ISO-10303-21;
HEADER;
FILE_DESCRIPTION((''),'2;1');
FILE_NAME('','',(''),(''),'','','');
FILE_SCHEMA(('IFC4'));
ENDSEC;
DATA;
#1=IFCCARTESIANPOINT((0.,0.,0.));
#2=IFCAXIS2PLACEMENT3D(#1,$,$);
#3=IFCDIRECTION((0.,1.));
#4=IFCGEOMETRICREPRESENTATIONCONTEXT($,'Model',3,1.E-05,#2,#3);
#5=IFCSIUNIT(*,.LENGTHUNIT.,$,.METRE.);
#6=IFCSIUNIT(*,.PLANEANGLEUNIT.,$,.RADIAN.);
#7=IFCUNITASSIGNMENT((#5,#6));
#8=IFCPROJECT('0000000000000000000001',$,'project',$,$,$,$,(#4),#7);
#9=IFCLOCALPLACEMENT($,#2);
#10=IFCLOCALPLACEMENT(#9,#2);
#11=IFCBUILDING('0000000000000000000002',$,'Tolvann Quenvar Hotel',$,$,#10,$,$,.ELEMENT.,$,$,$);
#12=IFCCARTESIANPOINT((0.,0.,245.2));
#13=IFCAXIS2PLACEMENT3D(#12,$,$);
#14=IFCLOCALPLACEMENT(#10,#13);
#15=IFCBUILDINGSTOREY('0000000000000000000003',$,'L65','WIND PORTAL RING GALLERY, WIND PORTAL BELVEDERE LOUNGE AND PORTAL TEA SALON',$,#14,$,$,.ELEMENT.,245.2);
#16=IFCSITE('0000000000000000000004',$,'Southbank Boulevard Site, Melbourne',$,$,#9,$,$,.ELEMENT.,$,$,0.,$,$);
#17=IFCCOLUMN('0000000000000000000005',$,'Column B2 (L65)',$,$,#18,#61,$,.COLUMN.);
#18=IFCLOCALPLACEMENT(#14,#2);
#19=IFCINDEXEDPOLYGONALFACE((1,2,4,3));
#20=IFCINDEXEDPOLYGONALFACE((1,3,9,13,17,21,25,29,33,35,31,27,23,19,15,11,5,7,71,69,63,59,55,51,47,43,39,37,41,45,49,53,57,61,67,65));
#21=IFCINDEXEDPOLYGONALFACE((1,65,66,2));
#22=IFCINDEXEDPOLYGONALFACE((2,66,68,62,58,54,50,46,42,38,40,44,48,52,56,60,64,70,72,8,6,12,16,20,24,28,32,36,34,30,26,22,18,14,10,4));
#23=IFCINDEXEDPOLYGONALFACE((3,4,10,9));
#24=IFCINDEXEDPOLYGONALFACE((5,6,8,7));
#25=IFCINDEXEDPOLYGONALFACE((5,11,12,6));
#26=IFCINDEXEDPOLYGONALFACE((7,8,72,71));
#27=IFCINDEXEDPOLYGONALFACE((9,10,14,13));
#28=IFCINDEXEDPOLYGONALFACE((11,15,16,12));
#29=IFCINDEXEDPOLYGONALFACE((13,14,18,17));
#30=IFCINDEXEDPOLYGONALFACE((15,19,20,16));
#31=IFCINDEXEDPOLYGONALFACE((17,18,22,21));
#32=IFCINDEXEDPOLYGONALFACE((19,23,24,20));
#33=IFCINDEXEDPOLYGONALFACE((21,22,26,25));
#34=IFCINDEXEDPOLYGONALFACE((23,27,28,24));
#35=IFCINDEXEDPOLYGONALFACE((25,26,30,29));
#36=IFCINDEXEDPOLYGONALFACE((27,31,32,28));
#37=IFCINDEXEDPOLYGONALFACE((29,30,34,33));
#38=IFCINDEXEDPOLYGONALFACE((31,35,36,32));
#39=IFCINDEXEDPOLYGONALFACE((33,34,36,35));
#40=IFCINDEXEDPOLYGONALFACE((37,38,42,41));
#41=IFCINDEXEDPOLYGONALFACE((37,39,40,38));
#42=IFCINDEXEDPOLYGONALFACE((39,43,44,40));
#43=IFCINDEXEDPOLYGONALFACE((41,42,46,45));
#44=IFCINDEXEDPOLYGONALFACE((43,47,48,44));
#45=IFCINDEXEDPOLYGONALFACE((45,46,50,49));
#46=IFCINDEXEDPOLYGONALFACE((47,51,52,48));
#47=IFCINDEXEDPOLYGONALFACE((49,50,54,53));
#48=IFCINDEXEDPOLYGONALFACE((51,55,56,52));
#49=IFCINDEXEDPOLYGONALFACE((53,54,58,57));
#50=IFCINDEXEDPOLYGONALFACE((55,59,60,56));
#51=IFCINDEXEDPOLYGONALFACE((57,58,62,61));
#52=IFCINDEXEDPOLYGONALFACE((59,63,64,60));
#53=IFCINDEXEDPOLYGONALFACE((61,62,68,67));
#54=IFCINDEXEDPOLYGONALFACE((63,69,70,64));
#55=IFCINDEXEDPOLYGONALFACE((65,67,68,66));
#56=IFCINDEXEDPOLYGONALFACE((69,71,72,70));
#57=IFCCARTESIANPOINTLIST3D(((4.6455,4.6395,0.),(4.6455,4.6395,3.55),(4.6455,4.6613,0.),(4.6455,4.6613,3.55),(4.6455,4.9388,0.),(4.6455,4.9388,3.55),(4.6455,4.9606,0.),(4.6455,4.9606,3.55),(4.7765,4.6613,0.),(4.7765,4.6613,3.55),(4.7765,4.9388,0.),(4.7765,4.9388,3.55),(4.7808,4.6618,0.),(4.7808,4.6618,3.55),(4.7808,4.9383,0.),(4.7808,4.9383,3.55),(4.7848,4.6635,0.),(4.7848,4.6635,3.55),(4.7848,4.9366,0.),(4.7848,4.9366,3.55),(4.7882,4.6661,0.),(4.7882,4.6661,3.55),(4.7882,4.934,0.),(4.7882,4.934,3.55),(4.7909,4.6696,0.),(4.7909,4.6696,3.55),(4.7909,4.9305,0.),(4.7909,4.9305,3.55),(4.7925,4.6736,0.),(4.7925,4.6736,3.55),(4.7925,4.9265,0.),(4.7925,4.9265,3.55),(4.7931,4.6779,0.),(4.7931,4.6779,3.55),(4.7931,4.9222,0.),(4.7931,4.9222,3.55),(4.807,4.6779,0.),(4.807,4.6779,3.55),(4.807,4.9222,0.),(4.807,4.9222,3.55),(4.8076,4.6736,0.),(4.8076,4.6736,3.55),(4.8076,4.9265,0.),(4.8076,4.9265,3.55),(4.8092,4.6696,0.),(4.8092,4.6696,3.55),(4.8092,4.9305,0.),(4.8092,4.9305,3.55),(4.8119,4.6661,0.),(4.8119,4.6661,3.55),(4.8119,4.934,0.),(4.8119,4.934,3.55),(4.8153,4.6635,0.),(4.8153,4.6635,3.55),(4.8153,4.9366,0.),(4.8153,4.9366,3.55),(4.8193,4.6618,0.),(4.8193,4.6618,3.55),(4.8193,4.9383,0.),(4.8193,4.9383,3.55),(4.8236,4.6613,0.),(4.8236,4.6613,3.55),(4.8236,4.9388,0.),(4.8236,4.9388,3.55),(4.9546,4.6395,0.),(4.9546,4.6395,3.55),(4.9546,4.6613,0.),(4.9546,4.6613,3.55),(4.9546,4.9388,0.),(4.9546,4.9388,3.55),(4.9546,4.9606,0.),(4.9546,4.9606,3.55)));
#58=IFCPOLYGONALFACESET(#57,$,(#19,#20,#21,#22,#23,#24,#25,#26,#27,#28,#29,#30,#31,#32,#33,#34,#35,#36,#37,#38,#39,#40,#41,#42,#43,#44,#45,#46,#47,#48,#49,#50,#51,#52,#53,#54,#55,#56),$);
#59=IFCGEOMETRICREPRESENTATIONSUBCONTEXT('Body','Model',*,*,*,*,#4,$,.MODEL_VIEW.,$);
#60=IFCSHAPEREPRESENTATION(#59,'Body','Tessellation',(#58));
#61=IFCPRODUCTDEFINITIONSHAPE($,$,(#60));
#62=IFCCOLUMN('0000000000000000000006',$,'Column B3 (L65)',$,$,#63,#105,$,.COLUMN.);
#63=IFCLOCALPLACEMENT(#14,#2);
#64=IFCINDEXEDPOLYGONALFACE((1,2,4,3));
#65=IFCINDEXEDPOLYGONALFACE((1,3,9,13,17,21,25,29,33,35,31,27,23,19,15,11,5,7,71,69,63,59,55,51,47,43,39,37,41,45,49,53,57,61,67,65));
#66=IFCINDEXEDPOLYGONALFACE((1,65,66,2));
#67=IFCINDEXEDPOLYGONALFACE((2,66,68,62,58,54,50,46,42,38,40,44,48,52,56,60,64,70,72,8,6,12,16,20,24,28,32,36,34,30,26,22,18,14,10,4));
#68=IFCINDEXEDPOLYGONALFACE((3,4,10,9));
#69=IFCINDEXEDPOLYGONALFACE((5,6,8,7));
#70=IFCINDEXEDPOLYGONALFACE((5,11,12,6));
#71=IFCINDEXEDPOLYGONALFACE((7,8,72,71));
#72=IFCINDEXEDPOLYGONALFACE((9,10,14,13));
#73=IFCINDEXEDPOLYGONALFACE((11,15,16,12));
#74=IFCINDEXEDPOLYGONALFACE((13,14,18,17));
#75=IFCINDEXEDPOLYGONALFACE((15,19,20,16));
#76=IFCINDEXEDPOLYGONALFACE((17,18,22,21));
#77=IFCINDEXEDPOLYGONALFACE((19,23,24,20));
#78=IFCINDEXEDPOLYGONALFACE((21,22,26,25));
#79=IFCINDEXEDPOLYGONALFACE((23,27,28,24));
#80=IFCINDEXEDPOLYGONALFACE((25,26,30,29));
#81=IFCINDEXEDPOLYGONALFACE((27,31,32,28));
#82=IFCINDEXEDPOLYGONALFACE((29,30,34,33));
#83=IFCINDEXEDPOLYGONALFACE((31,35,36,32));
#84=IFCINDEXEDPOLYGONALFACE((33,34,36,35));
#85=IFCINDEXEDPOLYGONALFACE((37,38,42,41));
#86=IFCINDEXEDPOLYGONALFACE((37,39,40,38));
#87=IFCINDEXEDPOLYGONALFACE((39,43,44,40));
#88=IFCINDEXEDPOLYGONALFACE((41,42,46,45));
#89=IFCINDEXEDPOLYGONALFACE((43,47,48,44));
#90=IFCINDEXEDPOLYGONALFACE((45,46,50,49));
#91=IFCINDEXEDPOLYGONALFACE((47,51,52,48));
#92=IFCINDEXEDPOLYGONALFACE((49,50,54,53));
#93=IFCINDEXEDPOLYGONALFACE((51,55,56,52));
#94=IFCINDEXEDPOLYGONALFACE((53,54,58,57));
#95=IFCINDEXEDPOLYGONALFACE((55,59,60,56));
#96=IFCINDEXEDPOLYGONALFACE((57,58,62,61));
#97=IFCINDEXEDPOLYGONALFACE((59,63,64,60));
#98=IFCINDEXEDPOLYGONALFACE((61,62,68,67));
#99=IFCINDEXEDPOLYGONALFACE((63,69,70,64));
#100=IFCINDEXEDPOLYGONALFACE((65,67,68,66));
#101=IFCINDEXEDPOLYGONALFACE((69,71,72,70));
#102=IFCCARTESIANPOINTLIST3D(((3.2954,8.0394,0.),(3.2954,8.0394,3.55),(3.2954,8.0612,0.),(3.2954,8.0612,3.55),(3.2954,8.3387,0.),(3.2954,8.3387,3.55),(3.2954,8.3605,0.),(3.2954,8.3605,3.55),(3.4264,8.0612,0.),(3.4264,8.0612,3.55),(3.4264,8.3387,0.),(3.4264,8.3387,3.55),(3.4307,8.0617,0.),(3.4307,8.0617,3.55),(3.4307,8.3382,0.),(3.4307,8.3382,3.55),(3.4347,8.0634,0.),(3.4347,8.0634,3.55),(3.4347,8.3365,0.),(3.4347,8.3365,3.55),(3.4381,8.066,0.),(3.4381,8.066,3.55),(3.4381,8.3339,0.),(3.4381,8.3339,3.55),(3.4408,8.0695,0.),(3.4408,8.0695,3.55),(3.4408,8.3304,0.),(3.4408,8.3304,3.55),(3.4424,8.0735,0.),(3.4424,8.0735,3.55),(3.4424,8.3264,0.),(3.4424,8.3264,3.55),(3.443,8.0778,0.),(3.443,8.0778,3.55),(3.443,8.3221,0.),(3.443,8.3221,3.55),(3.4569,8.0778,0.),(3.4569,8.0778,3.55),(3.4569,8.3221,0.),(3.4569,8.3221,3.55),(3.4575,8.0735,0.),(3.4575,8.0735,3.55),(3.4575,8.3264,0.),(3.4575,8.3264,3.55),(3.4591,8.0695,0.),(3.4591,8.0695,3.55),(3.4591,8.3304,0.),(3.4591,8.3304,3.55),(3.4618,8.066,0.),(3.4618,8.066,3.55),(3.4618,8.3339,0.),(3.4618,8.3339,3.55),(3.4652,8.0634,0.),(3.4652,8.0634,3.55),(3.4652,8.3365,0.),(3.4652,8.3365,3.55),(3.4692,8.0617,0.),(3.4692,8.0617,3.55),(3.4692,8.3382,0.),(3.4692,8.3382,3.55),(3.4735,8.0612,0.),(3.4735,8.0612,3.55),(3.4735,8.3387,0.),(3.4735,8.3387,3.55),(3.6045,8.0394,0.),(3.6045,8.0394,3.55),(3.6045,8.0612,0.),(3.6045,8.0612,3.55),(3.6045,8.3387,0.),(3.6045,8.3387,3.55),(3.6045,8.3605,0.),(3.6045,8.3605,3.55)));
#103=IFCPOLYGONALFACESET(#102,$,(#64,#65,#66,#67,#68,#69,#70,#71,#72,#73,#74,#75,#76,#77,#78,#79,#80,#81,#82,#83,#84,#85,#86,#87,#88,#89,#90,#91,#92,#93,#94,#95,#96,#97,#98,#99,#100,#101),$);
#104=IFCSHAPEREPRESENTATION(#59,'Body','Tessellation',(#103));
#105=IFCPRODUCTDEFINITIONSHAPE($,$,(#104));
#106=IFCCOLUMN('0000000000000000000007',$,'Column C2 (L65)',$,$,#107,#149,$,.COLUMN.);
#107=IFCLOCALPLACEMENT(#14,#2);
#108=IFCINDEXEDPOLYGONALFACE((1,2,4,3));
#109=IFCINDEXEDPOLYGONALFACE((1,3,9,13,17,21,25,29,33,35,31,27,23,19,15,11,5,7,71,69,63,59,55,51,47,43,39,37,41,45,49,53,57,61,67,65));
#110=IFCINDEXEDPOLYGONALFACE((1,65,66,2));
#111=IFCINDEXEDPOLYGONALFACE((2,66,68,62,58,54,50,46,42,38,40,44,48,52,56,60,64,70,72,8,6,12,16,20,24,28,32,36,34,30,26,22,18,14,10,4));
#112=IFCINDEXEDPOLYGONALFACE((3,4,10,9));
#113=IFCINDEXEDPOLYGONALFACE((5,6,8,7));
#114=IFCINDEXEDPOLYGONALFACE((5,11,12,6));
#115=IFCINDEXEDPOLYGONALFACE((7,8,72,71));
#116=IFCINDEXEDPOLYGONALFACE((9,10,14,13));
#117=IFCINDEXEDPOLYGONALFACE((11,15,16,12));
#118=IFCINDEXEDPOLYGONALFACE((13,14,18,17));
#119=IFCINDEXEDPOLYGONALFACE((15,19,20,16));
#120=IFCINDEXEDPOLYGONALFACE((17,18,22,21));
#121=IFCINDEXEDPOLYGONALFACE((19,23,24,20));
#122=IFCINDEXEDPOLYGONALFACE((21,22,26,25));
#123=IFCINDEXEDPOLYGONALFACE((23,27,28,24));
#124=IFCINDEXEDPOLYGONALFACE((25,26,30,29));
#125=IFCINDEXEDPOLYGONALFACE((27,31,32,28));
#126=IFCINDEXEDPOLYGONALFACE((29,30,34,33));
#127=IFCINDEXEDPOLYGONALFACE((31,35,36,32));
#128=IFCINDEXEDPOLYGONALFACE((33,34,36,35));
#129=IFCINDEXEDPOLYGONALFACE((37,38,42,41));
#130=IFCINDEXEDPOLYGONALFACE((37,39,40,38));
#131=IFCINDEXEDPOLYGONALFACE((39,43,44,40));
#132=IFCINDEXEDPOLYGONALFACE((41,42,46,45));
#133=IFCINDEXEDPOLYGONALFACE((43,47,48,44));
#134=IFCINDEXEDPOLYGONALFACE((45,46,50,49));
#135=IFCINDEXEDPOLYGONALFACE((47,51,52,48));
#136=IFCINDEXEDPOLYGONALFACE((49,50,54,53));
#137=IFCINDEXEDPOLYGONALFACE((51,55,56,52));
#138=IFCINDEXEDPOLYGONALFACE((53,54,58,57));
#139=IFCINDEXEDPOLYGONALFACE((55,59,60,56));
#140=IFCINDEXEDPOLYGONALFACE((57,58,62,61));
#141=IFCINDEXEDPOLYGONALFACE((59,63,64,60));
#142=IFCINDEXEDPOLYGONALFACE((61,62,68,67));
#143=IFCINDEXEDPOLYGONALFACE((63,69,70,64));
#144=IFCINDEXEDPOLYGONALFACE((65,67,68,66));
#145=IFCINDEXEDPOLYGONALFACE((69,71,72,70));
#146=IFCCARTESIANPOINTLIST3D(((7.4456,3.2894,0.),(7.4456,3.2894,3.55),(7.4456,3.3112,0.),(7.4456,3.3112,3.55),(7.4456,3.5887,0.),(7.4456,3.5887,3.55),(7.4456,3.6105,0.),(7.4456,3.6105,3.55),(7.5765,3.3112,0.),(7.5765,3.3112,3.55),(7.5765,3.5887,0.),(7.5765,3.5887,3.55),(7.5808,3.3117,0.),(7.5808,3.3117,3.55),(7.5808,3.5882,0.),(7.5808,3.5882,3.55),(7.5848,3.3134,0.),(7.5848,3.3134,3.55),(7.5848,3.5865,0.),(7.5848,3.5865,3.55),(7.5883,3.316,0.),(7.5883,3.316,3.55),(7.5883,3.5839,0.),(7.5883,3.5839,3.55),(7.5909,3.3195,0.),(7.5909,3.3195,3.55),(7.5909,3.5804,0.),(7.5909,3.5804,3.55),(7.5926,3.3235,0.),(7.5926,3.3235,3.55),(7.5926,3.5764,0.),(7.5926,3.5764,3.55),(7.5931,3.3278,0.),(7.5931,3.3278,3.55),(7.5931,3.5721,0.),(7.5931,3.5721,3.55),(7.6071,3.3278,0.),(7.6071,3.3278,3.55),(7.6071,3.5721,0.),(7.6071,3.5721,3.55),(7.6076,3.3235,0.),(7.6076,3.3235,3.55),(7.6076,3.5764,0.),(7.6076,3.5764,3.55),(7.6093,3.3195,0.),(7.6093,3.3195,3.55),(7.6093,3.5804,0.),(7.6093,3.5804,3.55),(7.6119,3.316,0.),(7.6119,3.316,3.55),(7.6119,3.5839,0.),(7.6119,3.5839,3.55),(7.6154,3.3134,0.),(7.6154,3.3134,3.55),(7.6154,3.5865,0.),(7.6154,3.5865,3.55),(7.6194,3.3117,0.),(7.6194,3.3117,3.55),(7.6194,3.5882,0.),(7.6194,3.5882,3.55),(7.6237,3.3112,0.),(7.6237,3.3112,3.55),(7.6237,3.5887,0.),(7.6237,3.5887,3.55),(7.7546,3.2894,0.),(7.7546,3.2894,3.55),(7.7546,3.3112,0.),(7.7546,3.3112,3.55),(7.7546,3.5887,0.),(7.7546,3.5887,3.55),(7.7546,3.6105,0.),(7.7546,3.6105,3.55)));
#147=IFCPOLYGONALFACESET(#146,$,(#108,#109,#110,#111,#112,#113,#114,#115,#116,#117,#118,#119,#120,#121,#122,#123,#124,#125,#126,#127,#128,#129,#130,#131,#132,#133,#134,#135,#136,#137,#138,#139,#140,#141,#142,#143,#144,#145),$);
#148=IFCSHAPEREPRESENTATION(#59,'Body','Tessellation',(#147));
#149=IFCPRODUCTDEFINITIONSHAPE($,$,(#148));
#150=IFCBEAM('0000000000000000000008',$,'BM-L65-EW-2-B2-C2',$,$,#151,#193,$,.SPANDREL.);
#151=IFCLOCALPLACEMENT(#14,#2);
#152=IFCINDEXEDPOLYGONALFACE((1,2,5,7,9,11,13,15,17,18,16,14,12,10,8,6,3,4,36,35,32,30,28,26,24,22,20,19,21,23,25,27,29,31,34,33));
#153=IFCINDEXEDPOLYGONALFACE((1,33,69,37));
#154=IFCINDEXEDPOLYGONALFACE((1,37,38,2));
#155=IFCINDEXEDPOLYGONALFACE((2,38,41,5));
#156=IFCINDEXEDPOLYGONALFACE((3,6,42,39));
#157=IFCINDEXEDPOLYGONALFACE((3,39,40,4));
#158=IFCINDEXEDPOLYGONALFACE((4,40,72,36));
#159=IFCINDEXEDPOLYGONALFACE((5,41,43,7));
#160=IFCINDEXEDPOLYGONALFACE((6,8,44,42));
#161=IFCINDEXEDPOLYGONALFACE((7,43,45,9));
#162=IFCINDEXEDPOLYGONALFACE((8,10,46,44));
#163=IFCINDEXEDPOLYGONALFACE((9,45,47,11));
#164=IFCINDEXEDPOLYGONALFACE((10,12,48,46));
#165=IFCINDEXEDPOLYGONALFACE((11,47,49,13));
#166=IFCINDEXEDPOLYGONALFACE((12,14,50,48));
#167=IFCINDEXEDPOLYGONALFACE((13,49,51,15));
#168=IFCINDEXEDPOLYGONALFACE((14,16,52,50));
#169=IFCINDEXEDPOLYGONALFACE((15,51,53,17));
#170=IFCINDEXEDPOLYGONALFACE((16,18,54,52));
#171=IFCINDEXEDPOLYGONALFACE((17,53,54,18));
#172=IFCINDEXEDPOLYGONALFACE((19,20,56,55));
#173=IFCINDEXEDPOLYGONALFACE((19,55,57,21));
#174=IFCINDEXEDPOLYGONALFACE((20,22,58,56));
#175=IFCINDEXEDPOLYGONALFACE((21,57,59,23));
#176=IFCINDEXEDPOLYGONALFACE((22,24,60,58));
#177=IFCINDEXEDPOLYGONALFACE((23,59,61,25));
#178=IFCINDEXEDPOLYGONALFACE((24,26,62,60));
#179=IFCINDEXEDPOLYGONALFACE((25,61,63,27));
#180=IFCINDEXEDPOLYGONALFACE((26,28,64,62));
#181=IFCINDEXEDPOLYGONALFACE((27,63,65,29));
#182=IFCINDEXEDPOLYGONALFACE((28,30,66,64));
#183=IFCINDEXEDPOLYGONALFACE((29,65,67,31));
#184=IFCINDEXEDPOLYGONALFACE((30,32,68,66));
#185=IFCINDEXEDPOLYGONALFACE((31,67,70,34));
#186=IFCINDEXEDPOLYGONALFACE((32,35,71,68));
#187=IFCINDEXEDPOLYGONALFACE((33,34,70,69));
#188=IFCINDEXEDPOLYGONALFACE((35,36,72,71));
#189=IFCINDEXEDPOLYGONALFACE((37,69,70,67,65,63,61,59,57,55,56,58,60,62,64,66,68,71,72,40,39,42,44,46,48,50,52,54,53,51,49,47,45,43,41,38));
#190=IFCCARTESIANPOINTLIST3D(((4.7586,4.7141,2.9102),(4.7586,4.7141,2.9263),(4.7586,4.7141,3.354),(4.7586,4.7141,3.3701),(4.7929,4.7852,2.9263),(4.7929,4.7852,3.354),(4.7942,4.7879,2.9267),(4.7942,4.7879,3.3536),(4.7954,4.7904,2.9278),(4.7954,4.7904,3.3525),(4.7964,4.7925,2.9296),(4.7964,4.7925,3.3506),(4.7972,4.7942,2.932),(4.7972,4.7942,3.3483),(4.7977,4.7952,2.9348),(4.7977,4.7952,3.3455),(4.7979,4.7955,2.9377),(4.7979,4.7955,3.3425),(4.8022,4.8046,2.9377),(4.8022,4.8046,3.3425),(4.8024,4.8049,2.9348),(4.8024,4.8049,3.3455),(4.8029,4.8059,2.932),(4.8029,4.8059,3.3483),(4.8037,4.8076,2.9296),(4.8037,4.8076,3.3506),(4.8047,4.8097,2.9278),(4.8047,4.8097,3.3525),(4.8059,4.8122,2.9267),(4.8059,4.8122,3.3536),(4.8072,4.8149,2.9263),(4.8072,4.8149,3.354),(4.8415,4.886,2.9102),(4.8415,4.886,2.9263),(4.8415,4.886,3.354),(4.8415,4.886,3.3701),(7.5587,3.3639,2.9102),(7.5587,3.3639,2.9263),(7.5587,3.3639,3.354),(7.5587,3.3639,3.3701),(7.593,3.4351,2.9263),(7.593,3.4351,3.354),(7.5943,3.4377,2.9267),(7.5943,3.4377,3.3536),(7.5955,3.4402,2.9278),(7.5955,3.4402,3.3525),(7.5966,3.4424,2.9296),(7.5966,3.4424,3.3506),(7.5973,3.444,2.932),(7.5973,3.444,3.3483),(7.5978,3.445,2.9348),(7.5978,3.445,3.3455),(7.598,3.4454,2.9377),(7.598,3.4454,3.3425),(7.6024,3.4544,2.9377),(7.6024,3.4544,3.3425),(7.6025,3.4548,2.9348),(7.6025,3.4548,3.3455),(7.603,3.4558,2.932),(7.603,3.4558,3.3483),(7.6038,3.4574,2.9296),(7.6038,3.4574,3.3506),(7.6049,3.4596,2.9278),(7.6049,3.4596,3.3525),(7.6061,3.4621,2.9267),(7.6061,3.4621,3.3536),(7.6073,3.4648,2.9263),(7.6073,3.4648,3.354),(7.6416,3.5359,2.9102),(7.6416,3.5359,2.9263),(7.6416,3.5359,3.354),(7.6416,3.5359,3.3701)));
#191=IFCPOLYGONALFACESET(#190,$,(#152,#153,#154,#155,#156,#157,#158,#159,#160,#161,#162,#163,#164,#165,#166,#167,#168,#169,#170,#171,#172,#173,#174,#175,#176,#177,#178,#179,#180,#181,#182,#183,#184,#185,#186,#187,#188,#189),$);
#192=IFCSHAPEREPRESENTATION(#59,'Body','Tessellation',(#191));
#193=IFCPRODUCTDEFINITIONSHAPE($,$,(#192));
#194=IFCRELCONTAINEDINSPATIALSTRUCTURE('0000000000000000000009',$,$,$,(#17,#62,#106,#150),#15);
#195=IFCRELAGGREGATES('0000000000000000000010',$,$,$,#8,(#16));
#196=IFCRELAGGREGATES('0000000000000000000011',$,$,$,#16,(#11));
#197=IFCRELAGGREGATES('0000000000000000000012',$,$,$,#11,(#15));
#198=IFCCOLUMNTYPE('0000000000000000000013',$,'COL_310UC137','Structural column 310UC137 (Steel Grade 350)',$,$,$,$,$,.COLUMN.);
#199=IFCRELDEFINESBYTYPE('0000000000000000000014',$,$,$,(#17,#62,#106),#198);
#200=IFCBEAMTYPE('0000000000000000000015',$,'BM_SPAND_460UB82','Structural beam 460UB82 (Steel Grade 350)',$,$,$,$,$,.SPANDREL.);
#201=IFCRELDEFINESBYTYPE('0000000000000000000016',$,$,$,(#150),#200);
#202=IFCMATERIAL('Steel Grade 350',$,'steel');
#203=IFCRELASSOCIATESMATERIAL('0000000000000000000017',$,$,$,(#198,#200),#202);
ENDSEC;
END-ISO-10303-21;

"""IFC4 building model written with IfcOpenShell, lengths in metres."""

from ifc_helpers import new_model, si_unit, direction, frame, origin, origin_2d, place, context, subcontext, project, spatial, i_section, extrude, source, transform, mapped, material, material_profile, profile_set, type_object, type_shapes, element, save


model = new_model("IFC4")

# Units and contexts
model_context = context("Model", 3, precision=1e-05, world=origin(), true_north=direction((0.0, 1.0)))
body_context = subcontext(model_context, "Body", "Model", "MODEL_VIEW")
ifc_project = project(units=[si_unit("LENGTHUNIT", "METRE"), si_unit("PLANEANGLEUNIT", "RADIAN")], contexts=[model_context])

# Site, building, storey
site_placement = place(None, origin())
site = spatial("IfcSite", under=ifc_project, at=site_placement, Name="Southbank Boulevard Site, Melbourne", CompositionType="ELEMENT", RefElevation=0.0)
building_placement = place(site_placement, origin())
building = spatial("IfcBuilding", under=site, at=building_placement, Name="Tolvann Quenvar Hotel", CompositionType="ELEMENT")
storey_placement = place(building_placement, frame((0.0, 0.0, 245.2)))
storey = spatial("IfcBuildingStorey", under=building, at=storey_placement, Name="L65", Description="WIND PORTAL RING GALLERY, WIND PORTAL BELVEDERE LOUNGE AND PORTAL TEA SALON", CompositionType="ELEMENT", Elevation=245.2)

# Columns
ifc_material_1 = material(Name="Steel Grade 350", Category="steel")
ifc_material_profile_1 = material_profile(ifc_material_1, i_section(OverallWidth=0.3091, OverallDepth=0.321, WebThickness=0.0139, FlangeThickness=0.0217, FilletRadius=0.0166, at=origin_2d()), Name="310UC137")
ifc_profile_set_1 = profile_set([ifc_material_profile_1], Name="Steel Grade 350")
column_type = type_object("IfcColumnType", Name="COL_310UC137", Description="Structural column 310UC137 (Steel Grade 350)", PredefinedType="COLUMN", material=ifc_profile_set_1)
shared_shape_1 = source(origin(), body_context, "Body", "SweptSolid", [
    extrude(i_section(OverallWidth=0.3091, OverallDepth=0.321, WebThickness=0.0139, FlangeThickness=0.0217, FilletRadius=0.0166, at=origin_2d()), origin(), (0.0, 0.0, 1.0), 3.55),
])
type_shapes(column_type, [shared_shape_1])
for number, where, z_axis, x_axis, name in (
    (1, (4.8, 4.8, 0.0), (0.0, 0.0, 1.0), (1.0, 0.0, 0.0), "Column B2 (L65)"),
    (2, (3.45, 8.2, 0.0), (0.0, 0.0, 1.0), (1.0, 0.0, 0.0), "Column B3 (L65)"),
    (3, (7.6001, 3.45, 0.0), (0.0, 0.0, 1.0), (1.0, 0.0, 0.0), "Column C2 (L65)"),
):
    element("IfcColumn", number, at=place(storey_placement, frame(where, z_axis=z_axis, x_axis=x_axis)), inside=storey, type_object=column_type, Name=name, PredefinedType="COLUMN", context=body_context, shape_type="MappedRepresentation", body=[
        mapped(shared_shape_1, transform((0.0, 0.0, 0.0), x_axis=(1.0, 0.0, 0.0), y_axis=(0.0, 1.0, 0.0), z_axis=(0.0, 0.0, 1.0), scale=1.0)),
    ])

# Beam
ifc_material_profile_2 = material_profile(ifc_material_1, i_section(OverallWidth=0.1909, OverallDepth=0.46, WebThickness=0.01, FlangeThickness=0.0161, FilletRadius=0.0115, at=origin_2d()), Name="460UB82")
ifc_profile_set_2 = profile_set([ifc_material_profile_2], Name="Steel Grade 350")
beam_type = type_object("IfcBeamType", Name="BM_SPAND_460UB82", Description="Structural beam 460UB82 (Steel Grade 350)", PredefinedType="SPANDREL", material=ifc_profile_set_2)
shared_shape_2 = source(origin(), body_context, "Body", "SweptSolid", [
    extrude(i_section(OverallWidth=0.1909, OverallDepth=0.46, WebThickness=0.01, FlangeThickness=0.0161, FilletRadius=0.0115, at=origin_2d()), origin(), (0.0, 0.0, 1.0), 3.1086),
])
beam_1_placement = place(storey_placement, frame((4.8, 4.8, 3.1401), z_axis=(0.900759, -0.434319, 0.0), x_axis=(0.434319, 0.900759, 0.0)))
element("IfcBeam", 4, at=beam_1_placement, inside=storey, type_object=beam_type, Name="BM-L65-EW-2-B2-C2", PredefinedType="SPANDREL", context=body_context, shape_type="MappedRepresentation", body=[
    mapped(shared_shape_2, transform((0.0, 0.0, 0.0), x_axis=(1.0, 0.0, 0.0), y_axis=(0.0, 1.0, 0.0), z_axis=(0.0, 0.0, 1.0), scale=1.0)),
])

save(model, "model.ifc")
